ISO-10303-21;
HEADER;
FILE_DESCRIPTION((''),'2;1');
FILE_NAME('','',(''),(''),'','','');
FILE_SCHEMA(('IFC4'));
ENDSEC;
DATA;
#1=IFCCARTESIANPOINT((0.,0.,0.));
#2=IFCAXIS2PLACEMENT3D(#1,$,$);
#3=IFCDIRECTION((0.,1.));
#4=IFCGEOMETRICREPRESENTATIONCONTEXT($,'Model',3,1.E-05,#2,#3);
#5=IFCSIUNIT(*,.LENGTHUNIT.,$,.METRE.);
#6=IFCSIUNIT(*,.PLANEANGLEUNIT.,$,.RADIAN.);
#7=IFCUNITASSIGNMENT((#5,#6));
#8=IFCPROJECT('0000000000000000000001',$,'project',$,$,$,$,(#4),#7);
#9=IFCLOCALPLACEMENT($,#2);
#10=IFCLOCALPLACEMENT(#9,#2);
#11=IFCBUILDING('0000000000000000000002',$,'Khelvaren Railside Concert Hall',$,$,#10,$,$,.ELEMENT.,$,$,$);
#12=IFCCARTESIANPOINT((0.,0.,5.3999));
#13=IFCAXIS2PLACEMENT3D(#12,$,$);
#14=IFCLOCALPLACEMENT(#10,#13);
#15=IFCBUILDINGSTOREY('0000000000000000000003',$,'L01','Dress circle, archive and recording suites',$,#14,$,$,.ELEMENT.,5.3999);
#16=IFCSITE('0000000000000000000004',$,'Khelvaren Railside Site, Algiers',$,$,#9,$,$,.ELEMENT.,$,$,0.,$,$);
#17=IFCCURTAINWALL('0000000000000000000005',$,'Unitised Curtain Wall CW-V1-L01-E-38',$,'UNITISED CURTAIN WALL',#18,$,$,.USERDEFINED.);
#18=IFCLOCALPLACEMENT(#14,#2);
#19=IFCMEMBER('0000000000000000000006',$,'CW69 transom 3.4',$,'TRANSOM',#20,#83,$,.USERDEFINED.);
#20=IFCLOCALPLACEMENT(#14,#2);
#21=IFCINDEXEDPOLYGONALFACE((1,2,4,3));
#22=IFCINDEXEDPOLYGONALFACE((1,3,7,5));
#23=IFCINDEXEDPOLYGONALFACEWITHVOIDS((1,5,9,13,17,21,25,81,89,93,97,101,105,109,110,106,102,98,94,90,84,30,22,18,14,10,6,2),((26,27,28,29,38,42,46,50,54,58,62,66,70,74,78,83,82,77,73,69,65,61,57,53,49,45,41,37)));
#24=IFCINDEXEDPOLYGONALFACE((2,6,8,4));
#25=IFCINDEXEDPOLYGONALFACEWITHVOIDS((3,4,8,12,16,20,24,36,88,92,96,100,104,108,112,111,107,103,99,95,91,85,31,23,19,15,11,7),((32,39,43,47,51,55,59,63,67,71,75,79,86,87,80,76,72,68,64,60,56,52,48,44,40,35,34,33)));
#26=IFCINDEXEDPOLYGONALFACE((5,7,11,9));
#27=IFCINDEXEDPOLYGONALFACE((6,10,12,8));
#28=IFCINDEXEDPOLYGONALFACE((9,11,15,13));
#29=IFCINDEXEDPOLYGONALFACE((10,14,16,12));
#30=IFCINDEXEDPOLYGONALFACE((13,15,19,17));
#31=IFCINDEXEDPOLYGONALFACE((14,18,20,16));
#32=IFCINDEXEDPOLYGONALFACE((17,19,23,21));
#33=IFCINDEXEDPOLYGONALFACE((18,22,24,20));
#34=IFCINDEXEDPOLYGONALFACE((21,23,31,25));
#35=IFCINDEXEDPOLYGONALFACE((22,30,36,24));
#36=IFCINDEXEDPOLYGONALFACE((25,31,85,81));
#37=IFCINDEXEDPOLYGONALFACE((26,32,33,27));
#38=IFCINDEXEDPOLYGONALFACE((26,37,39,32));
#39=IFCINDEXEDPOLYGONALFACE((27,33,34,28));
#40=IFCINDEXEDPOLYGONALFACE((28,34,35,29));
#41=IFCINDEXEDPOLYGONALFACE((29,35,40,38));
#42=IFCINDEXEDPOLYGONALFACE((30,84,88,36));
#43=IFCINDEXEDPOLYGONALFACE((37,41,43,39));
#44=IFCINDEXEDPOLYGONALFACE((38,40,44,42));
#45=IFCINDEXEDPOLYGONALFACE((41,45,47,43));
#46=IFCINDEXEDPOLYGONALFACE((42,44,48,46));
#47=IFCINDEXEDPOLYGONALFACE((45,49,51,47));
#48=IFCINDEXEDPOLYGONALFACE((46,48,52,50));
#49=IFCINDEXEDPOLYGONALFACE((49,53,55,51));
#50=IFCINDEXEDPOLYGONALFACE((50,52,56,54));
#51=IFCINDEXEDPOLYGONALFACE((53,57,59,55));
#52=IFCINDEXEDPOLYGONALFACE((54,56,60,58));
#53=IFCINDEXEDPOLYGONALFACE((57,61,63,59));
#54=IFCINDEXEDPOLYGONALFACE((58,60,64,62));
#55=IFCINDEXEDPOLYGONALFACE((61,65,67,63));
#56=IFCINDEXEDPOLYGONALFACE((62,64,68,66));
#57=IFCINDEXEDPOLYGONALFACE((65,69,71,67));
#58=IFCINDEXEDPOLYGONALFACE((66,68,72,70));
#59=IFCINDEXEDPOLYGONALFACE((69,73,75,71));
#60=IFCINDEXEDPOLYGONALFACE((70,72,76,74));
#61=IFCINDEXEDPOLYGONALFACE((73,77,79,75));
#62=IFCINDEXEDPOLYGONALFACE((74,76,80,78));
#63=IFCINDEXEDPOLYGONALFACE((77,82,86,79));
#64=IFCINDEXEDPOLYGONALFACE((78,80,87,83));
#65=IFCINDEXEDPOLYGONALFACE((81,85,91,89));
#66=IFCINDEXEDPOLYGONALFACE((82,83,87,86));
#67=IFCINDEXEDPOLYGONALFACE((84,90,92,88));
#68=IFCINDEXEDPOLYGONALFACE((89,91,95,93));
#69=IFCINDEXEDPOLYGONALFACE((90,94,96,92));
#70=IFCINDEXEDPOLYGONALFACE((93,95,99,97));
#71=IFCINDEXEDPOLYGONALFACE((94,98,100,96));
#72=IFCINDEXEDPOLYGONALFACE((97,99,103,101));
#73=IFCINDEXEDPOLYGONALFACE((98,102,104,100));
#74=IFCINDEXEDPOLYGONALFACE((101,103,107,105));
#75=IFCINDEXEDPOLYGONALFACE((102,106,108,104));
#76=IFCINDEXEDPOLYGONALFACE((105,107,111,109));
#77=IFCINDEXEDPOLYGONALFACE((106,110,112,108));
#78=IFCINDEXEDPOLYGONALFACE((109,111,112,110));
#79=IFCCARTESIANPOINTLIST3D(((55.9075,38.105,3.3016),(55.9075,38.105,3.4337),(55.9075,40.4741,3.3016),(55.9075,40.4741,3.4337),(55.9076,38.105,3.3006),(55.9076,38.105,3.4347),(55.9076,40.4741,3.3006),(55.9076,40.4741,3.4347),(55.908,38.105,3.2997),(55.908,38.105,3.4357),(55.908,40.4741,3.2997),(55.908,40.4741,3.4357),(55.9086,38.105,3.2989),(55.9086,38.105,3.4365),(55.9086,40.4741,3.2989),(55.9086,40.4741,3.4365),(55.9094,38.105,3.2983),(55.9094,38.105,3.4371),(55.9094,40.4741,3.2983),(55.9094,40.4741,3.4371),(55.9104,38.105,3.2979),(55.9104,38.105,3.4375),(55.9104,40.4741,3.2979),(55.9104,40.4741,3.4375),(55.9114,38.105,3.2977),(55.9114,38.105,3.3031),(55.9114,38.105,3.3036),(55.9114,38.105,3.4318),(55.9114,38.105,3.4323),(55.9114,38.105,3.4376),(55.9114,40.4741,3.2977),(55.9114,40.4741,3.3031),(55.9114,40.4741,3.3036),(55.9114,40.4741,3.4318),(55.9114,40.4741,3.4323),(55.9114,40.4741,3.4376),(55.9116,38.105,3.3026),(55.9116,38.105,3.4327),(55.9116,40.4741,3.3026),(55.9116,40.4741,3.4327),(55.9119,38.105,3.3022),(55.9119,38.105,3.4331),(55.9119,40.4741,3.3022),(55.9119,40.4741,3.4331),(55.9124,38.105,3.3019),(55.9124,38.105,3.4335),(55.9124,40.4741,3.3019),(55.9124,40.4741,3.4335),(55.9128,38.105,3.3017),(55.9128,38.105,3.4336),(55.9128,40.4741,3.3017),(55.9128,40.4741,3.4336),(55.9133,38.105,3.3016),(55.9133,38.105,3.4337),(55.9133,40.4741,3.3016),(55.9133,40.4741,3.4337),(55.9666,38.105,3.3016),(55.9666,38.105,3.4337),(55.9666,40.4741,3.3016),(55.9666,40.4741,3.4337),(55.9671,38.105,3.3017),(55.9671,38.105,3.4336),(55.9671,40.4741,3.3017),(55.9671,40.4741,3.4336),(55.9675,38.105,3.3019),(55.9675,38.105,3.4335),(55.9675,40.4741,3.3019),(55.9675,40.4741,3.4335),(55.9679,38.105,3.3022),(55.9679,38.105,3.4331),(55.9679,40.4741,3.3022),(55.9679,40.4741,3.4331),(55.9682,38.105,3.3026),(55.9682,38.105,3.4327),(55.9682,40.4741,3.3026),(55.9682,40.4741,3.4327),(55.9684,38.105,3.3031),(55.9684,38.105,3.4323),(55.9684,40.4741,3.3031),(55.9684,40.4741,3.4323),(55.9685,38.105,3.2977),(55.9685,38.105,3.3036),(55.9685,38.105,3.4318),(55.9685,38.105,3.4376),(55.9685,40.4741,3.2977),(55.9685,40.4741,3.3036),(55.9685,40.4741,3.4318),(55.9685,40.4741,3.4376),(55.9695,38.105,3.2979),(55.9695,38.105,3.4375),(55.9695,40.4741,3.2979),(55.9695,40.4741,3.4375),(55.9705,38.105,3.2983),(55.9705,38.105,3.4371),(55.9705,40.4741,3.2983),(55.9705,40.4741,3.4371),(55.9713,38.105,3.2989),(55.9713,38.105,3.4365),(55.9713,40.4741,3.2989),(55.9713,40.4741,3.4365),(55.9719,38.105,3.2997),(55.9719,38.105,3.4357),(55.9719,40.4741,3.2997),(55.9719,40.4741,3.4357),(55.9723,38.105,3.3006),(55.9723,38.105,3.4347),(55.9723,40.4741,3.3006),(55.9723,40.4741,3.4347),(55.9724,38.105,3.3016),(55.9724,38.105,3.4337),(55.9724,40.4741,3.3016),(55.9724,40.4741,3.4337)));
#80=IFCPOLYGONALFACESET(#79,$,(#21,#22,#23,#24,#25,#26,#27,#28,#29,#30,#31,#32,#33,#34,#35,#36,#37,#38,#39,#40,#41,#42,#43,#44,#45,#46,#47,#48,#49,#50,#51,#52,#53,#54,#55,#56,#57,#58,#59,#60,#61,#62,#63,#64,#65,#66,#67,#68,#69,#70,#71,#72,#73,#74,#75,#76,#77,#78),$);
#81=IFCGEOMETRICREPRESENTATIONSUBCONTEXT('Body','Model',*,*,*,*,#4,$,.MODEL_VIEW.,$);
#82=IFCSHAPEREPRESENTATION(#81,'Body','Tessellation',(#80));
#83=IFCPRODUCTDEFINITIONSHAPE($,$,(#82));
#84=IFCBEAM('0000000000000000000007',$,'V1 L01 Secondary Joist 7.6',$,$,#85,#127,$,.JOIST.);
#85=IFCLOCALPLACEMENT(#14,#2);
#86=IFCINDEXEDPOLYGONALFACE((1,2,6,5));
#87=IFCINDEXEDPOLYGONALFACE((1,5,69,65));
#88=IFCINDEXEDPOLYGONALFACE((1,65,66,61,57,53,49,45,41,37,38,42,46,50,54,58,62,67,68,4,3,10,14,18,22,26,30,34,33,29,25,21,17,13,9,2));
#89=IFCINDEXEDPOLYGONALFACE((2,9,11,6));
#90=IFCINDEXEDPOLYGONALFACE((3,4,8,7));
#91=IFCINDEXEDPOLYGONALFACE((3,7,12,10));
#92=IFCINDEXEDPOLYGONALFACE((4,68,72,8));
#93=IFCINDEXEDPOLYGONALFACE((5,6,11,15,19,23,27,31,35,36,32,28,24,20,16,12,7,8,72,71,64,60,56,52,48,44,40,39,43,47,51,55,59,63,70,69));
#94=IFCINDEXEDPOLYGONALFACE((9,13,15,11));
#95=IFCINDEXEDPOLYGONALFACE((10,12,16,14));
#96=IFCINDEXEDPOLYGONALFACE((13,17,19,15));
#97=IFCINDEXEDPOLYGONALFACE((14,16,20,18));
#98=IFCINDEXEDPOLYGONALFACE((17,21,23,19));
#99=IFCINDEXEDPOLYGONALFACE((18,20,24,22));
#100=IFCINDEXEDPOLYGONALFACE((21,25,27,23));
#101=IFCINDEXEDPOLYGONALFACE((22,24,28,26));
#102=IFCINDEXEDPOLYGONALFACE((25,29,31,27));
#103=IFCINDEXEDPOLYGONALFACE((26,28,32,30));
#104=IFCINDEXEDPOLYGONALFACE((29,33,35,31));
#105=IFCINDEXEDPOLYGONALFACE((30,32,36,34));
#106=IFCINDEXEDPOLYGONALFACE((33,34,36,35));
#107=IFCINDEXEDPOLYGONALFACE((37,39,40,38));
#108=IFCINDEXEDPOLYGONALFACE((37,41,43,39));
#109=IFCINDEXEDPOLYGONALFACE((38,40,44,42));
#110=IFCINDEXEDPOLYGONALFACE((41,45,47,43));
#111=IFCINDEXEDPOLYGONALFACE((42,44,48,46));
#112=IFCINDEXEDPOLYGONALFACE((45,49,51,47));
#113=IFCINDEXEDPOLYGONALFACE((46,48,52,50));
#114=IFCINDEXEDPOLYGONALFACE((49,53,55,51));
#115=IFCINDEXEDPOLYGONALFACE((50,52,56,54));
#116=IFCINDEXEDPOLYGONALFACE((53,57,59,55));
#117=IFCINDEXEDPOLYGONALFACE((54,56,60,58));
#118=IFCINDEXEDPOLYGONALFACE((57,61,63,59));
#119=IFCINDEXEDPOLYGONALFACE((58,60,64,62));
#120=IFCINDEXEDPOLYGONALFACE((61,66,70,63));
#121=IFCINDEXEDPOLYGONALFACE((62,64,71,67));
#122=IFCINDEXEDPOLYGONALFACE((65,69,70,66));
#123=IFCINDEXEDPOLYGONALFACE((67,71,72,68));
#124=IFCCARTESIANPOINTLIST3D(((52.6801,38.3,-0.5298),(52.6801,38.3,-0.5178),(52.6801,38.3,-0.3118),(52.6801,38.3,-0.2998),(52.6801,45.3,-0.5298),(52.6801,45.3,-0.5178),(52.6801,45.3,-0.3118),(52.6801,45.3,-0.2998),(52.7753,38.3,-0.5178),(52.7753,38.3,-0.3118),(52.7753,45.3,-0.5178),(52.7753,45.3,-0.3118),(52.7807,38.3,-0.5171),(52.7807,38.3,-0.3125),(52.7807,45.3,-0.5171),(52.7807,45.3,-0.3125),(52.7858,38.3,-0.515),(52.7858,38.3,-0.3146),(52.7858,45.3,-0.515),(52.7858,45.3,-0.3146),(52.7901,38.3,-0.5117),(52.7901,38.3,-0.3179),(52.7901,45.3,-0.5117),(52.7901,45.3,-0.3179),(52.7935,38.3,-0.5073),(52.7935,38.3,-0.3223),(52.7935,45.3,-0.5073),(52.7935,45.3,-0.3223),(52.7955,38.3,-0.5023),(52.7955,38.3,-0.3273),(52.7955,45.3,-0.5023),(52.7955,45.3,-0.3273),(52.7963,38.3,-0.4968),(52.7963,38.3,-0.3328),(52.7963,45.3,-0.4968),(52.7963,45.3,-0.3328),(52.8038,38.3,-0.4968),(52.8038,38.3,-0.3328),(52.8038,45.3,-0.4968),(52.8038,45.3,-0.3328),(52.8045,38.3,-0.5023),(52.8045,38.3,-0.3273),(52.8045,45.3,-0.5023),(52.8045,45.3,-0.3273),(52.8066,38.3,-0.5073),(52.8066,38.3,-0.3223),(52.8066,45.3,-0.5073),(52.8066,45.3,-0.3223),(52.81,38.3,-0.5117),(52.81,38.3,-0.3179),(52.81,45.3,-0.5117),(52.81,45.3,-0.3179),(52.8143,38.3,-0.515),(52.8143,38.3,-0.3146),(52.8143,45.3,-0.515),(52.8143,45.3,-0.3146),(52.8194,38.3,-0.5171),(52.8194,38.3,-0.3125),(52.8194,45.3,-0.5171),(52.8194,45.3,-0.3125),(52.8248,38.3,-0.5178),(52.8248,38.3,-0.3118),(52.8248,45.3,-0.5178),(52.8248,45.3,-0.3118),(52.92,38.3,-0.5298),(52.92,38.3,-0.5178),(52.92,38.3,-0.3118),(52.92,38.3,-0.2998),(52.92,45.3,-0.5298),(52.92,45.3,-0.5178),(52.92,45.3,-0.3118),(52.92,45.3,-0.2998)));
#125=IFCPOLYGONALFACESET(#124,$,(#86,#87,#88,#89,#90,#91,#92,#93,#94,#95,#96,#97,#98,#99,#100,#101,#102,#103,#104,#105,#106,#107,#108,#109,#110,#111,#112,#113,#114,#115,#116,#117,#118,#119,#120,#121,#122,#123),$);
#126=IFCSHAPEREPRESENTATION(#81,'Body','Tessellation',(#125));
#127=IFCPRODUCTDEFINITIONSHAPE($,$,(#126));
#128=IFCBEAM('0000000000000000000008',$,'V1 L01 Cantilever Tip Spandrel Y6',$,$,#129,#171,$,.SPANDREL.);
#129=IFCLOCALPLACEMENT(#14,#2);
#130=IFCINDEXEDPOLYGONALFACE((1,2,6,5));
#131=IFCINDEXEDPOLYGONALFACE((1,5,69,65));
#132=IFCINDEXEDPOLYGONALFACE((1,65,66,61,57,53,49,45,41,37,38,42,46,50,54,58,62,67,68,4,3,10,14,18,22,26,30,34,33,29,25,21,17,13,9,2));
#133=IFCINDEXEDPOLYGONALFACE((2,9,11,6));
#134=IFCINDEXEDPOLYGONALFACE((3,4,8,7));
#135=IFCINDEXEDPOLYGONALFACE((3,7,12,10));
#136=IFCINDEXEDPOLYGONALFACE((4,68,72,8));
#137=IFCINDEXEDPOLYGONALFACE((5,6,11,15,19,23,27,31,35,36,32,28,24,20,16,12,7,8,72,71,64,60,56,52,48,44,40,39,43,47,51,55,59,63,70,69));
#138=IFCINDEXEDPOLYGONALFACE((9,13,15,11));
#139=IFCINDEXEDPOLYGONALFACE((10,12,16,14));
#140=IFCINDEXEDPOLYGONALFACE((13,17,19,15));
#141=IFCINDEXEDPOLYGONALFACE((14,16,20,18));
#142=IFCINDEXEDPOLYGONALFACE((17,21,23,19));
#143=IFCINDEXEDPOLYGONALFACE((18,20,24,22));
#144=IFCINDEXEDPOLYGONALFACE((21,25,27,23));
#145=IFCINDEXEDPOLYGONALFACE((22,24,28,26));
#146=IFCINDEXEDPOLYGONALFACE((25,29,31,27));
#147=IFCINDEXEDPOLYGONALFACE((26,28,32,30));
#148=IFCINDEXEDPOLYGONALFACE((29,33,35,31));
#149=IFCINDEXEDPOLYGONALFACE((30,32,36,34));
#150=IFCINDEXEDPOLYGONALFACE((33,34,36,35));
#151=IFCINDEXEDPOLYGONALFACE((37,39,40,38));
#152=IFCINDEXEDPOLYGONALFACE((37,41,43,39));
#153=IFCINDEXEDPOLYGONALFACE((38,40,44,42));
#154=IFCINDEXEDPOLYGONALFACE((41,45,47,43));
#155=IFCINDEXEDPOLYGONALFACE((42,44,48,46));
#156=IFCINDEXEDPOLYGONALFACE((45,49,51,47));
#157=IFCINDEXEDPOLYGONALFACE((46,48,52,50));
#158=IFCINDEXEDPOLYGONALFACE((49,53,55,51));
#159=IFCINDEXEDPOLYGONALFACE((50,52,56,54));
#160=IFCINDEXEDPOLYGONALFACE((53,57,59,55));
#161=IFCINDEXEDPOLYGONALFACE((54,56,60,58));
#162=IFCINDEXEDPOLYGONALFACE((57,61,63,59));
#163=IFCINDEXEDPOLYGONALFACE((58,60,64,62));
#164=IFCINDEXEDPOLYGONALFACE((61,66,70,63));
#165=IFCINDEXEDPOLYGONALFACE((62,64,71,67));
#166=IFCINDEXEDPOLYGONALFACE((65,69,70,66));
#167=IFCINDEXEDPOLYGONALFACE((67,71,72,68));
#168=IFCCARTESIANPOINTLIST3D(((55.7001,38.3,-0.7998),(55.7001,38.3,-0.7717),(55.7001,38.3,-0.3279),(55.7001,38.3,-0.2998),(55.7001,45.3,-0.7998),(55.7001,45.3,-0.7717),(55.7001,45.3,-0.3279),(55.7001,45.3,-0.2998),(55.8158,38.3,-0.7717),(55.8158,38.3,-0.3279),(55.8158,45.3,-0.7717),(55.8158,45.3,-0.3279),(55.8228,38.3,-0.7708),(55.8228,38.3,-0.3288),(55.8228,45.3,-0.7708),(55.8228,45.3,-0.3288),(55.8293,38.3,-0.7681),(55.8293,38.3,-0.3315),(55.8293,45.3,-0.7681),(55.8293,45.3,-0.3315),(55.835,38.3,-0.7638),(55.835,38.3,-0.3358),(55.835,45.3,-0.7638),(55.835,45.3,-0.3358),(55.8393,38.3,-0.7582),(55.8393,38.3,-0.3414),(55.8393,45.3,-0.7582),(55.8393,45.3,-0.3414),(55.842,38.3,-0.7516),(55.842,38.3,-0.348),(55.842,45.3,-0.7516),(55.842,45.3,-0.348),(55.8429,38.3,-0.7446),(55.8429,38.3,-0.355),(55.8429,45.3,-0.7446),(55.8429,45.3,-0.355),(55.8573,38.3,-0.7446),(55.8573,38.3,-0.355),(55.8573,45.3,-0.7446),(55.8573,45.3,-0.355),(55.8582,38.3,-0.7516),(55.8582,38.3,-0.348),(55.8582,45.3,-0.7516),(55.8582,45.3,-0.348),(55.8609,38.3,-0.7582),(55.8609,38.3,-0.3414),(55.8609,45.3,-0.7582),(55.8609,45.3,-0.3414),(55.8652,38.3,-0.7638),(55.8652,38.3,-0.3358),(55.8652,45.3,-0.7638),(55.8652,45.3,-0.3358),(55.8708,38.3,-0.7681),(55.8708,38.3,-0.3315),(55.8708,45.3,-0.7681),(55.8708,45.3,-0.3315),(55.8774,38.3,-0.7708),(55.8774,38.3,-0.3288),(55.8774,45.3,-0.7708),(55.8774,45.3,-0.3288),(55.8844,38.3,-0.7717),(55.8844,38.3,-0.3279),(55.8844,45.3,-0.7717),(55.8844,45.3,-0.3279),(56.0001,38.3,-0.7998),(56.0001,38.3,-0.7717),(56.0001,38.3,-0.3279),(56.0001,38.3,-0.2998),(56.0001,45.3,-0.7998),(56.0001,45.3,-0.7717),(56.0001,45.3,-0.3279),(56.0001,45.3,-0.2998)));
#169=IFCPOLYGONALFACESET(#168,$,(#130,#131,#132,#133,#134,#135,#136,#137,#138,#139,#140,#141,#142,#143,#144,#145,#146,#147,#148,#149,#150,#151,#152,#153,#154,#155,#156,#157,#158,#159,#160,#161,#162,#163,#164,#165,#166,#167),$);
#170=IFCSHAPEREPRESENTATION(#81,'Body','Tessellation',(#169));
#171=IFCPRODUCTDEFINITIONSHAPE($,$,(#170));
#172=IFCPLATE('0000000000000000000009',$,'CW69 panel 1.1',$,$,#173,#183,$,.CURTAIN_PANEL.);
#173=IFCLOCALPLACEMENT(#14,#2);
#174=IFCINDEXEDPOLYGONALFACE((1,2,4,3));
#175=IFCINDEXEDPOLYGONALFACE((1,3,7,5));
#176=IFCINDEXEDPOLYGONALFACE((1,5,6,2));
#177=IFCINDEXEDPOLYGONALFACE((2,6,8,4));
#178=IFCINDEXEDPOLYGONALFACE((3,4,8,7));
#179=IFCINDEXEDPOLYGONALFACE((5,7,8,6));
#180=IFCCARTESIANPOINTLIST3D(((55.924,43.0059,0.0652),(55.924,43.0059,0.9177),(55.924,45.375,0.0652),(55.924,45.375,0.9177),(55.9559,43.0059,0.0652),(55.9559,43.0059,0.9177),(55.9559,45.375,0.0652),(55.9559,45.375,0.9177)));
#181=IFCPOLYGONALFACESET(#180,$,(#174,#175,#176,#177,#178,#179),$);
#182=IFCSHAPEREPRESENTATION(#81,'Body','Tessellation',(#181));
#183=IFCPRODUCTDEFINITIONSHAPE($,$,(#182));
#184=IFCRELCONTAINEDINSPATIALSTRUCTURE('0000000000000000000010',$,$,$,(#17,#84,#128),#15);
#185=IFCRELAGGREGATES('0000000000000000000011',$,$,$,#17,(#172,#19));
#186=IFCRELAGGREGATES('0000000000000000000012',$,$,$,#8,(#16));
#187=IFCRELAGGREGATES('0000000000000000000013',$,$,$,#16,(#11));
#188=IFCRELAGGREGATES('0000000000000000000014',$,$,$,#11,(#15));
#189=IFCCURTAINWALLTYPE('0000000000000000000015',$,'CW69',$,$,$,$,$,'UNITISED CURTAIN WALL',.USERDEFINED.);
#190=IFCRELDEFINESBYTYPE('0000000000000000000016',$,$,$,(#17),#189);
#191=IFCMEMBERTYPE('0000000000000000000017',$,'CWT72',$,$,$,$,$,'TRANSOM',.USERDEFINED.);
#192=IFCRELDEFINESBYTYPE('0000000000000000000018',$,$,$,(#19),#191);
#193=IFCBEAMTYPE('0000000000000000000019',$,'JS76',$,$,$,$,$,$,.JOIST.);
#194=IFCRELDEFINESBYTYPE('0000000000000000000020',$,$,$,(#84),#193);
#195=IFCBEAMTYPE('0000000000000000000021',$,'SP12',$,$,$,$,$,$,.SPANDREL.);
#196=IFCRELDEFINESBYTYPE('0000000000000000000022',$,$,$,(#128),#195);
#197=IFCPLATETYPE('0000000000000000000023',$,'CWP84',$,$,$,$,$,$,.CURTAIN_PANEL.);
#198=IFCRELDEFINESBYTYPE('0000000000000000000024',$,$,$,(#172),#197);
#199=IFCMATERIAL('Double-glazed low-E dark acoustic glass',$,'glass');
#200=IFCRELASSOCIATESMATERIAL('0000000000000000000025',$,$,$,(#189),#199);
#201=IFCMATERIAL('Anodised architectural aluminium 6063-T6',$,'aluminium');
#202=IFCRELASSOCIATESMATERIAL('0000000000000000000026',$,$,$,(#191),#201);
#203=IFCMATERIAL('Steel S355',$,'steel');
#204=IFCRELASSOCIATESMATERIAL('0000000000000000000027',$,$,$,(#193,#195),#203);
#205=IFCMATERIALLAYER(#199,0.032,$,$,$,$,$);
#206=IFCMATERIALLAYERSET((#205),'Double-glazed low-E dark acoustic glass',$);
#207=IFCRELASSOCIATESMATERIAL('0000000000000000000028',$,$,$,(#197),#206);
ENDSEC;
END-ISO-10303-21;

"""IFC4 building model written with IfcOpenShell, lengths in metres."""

from ifc_helpers import new_model, si_unit, direction, frame, origin, origin_2d, place, context, subcontext, project, spatial, rectangle, hollow_rectangle, i_section, extrude, material, layer, layer_set, material_profile, profile_set, type_object, element, aggregate, save


model = new_model("IFC4")

# Units and contexts
model_context = context("Model", 3, precision=1e-05, world=origin(), true_north=direction((0.0, 1.0)))
body_context = subcontext(model_context, "Body", "Model", "MODEL_VIEW")
ifc_project = project(units=[si_unit("LENGTHUNIT", "METRE"), si_unit("PLANEANGLEUNIT", "RADIAN")], contexts=[model_context])

# Site, building, storey
site_placement = place(None, origin())
site = spatial("IfcSite", under=ifc_project, at=site_placement, Name="Khelvaren Railside Site, Algiers", CompositionType="ELEMENT", RefElevation=0.0)
building_placement = place(site_placement, origin())
building = spatial("IfcBuilding", under=site, at=building_placement, Name="Khelvaren Railside Concert Hall", CompositionType="ELEMENT")
storey_placement = place(building_placement, frame((0.0, 0.0, 5.3999)))
storey = spatial("IfcBuildingStorey", under=building, at=storey_placement, Name="L01", Description="Dress circle, archive and recording suites", CompositionType="ELEMENT", Elevation=5.3999)

# Curtain wall, member
ifc_material_1 = material(Name="Double-glazed low-E dark acoustic glass", Category="glass")
curtain_wall_type = type_object("IfcCurtainWallType", Name="CW69", ElementType="UNITISED CURTAIN WALL", PredefinedType="USERDEFINED", material=ifc_material_1)
curtain_wall_placement = place(storey_placement, origin())
curtain_wall = element("IfcCurtainWall", 1, at=curtain_wall_placement, inside=storey, type_object=curtain_wall_type, Name="Unitised Curtain Wall CW-V1-L01-E-38", ObjectType="UNITISED CURTAIN WALL", PredefinedType="USERDEFINED")
ifc_material_2 = material(Name="Anodised architectural aluminium 6063-T6", Category="aluminium")
ifc_material_profile_1 = material_profile(ifc_material_2, hollow_rectangle(XDim=0.0649, YDim=0.1399, WallThickness=0.0039, InnerFilletRadius=0.002, OuterFilletRadius=0.0039, at=origin_2d()), Name="CWT 65x140x4")
ifc_profile_set_1 = profile_set([ifc_material_profile_1], Name="Anodised architectural aluminium 6063-T6")
member_type_1 = type_object("IfcMemberType", Name="CWT72", ElementType="TRANSOM", PredefinedType="USERDEFINED", material=ifc_profile_set_1)
member_1_placement = place(storey_placement, frame((55.9399, 40.4741, 3.3677), z_axis=(0.0, -1.0, 0.0), x_axis=(1.0, 0.0, 0.0)))
member_1 = element("IfcMember", 2, at=member_1_placement, type_object=member_type_1, Name="CW69 transom 3.4", ObjectType="TRANSOM", PredefinedType="USERDEFINED", context=body_context, shape_type="SweptSolid", body=[
    extrude(hollow_rectangle(XDim=0.0649, YDim=0.1399, WallThickness=0.0039, InnerFilletRadius=0.002, OuterFilletRadius=0.0039, at=origin_2d()), origin(), (0.0, 0.0, 1.0), 2.3691),
])

# Beams
ifc_material_3 = material(Name="Steel S355", Category="steel")
ifc_material_profile_2 = material_profile(ifc_material_3, i_section(OverallWidth=0.24, OverallDepth=0.23, WebThickness=0.0076, FlangeThickness=0.012, FilletRadius=0.021, at=origin_2d()), Name="HEA 240")
ifc_profile_set_2 = profile_set([ifc_material_profile_2], Name="Steel S355")
beam_type_1 = type_object("IfcBeamType", Name="JS76", PredefinedType="JOIST", material=ifc_profile_set_2)
beam_1_placement = place(storey_placement, frame((52.8, 38.3, -0.4148), z_axis=(0.0, 1.0, 0.0), x_axis=(-1.0, 0.0, 0.0)))
element("IfcBeam", 3, at=beam_1_placement, inside=storey, type_object=beam_type_1, Name="V1 L01 Secondary Joist 7.6", PredefinedType="JOIST", context=body_context, shape_type="SweptSolid", body=[
    extrude(i_section(OverallWidth=0.24, OverallDepth=0.23, WebThickness=0.0076, FlangeThickness=0.012, FilletRadius=0.021, at=origin_2d()), origin(), (0.0, 0.0, 1.0), 7.0),
])
ifc_material_profile_3 = material_profile(ifc_material_3, i_section(OverallWidth=0.3, OverallDepth=0.5, WebThickness=0.0144, FlangeThickness=0.0281, FilletRadius=0.0271, at=origin_2d()), Name="HEB 500")
ifc_profile_set_3 = profile_set([ifc_material_profile_3], Name="Steel S355")
beam_type_2 = type_object("IfcBeamType", Name="SP12", PredefinedType="SPANDREL", material=ifc_profile_set_3)
beam_2_placement = place(storey_placement, frame((55.8501, 38.3, -0.5498), z_axis=(0.0, 1.0, 0.0), x_axis=(-1.0, 0.0, 0.0)))
element("IfcBeam", 4, at=beam_2_placement, inside=storey, type_object=beam_type_2, Name="V1 L01 Cantilever Tip Spandrel Y6", PredefinedType="SPANDREL", context=body_context, shape_type="SweptSolid", body=[
    extrude(i_section(OverallWidth=0.3, OverallDepth=0.5, WebThickness=0.0144, FlangeThickness=0.0281, FilletRadius=0.0271, at=origin_2d()), origin(), (0.0, 0.0, 1.0), 7.0),
])

# Plate
ifc_layer_1 = layer(ifc_material_1, 0.032)
ifc_layer_set_1 = layer_set([ifc_layer_1], Name="Double-glazed low-E dark acoustic glass")
plate_type = type_object("IfcPlateType", Name="CWP84", PredefinedType="CURTAIN_PANEL", material=ifc_layer_set_1)
plate_1_placement = place(storey_placement, frame((55.9399, 44.1904, 0.0652), z_axis=(0.0, 0.0, 1.0), x_axis=(0.0, -1.0, 0.0)))
plate_1 = element("IfcPlate", 5, at=plate_1_placement, type_object=plate_type, Name="CW69 panel 1.1", PredefinedType="CURTAIN_PANEL", context=body_context, shape_type="SweptSolid", body=[
    extrude(rectangle(XDim=2.3691, YDim=0.032, at=origin_2d()), origin(), (0.0, 0.0, 1.0), 0.8525),
])
aggregate(curtain_wall, [plate_1, member_1])

save(model, "model.ifc")
